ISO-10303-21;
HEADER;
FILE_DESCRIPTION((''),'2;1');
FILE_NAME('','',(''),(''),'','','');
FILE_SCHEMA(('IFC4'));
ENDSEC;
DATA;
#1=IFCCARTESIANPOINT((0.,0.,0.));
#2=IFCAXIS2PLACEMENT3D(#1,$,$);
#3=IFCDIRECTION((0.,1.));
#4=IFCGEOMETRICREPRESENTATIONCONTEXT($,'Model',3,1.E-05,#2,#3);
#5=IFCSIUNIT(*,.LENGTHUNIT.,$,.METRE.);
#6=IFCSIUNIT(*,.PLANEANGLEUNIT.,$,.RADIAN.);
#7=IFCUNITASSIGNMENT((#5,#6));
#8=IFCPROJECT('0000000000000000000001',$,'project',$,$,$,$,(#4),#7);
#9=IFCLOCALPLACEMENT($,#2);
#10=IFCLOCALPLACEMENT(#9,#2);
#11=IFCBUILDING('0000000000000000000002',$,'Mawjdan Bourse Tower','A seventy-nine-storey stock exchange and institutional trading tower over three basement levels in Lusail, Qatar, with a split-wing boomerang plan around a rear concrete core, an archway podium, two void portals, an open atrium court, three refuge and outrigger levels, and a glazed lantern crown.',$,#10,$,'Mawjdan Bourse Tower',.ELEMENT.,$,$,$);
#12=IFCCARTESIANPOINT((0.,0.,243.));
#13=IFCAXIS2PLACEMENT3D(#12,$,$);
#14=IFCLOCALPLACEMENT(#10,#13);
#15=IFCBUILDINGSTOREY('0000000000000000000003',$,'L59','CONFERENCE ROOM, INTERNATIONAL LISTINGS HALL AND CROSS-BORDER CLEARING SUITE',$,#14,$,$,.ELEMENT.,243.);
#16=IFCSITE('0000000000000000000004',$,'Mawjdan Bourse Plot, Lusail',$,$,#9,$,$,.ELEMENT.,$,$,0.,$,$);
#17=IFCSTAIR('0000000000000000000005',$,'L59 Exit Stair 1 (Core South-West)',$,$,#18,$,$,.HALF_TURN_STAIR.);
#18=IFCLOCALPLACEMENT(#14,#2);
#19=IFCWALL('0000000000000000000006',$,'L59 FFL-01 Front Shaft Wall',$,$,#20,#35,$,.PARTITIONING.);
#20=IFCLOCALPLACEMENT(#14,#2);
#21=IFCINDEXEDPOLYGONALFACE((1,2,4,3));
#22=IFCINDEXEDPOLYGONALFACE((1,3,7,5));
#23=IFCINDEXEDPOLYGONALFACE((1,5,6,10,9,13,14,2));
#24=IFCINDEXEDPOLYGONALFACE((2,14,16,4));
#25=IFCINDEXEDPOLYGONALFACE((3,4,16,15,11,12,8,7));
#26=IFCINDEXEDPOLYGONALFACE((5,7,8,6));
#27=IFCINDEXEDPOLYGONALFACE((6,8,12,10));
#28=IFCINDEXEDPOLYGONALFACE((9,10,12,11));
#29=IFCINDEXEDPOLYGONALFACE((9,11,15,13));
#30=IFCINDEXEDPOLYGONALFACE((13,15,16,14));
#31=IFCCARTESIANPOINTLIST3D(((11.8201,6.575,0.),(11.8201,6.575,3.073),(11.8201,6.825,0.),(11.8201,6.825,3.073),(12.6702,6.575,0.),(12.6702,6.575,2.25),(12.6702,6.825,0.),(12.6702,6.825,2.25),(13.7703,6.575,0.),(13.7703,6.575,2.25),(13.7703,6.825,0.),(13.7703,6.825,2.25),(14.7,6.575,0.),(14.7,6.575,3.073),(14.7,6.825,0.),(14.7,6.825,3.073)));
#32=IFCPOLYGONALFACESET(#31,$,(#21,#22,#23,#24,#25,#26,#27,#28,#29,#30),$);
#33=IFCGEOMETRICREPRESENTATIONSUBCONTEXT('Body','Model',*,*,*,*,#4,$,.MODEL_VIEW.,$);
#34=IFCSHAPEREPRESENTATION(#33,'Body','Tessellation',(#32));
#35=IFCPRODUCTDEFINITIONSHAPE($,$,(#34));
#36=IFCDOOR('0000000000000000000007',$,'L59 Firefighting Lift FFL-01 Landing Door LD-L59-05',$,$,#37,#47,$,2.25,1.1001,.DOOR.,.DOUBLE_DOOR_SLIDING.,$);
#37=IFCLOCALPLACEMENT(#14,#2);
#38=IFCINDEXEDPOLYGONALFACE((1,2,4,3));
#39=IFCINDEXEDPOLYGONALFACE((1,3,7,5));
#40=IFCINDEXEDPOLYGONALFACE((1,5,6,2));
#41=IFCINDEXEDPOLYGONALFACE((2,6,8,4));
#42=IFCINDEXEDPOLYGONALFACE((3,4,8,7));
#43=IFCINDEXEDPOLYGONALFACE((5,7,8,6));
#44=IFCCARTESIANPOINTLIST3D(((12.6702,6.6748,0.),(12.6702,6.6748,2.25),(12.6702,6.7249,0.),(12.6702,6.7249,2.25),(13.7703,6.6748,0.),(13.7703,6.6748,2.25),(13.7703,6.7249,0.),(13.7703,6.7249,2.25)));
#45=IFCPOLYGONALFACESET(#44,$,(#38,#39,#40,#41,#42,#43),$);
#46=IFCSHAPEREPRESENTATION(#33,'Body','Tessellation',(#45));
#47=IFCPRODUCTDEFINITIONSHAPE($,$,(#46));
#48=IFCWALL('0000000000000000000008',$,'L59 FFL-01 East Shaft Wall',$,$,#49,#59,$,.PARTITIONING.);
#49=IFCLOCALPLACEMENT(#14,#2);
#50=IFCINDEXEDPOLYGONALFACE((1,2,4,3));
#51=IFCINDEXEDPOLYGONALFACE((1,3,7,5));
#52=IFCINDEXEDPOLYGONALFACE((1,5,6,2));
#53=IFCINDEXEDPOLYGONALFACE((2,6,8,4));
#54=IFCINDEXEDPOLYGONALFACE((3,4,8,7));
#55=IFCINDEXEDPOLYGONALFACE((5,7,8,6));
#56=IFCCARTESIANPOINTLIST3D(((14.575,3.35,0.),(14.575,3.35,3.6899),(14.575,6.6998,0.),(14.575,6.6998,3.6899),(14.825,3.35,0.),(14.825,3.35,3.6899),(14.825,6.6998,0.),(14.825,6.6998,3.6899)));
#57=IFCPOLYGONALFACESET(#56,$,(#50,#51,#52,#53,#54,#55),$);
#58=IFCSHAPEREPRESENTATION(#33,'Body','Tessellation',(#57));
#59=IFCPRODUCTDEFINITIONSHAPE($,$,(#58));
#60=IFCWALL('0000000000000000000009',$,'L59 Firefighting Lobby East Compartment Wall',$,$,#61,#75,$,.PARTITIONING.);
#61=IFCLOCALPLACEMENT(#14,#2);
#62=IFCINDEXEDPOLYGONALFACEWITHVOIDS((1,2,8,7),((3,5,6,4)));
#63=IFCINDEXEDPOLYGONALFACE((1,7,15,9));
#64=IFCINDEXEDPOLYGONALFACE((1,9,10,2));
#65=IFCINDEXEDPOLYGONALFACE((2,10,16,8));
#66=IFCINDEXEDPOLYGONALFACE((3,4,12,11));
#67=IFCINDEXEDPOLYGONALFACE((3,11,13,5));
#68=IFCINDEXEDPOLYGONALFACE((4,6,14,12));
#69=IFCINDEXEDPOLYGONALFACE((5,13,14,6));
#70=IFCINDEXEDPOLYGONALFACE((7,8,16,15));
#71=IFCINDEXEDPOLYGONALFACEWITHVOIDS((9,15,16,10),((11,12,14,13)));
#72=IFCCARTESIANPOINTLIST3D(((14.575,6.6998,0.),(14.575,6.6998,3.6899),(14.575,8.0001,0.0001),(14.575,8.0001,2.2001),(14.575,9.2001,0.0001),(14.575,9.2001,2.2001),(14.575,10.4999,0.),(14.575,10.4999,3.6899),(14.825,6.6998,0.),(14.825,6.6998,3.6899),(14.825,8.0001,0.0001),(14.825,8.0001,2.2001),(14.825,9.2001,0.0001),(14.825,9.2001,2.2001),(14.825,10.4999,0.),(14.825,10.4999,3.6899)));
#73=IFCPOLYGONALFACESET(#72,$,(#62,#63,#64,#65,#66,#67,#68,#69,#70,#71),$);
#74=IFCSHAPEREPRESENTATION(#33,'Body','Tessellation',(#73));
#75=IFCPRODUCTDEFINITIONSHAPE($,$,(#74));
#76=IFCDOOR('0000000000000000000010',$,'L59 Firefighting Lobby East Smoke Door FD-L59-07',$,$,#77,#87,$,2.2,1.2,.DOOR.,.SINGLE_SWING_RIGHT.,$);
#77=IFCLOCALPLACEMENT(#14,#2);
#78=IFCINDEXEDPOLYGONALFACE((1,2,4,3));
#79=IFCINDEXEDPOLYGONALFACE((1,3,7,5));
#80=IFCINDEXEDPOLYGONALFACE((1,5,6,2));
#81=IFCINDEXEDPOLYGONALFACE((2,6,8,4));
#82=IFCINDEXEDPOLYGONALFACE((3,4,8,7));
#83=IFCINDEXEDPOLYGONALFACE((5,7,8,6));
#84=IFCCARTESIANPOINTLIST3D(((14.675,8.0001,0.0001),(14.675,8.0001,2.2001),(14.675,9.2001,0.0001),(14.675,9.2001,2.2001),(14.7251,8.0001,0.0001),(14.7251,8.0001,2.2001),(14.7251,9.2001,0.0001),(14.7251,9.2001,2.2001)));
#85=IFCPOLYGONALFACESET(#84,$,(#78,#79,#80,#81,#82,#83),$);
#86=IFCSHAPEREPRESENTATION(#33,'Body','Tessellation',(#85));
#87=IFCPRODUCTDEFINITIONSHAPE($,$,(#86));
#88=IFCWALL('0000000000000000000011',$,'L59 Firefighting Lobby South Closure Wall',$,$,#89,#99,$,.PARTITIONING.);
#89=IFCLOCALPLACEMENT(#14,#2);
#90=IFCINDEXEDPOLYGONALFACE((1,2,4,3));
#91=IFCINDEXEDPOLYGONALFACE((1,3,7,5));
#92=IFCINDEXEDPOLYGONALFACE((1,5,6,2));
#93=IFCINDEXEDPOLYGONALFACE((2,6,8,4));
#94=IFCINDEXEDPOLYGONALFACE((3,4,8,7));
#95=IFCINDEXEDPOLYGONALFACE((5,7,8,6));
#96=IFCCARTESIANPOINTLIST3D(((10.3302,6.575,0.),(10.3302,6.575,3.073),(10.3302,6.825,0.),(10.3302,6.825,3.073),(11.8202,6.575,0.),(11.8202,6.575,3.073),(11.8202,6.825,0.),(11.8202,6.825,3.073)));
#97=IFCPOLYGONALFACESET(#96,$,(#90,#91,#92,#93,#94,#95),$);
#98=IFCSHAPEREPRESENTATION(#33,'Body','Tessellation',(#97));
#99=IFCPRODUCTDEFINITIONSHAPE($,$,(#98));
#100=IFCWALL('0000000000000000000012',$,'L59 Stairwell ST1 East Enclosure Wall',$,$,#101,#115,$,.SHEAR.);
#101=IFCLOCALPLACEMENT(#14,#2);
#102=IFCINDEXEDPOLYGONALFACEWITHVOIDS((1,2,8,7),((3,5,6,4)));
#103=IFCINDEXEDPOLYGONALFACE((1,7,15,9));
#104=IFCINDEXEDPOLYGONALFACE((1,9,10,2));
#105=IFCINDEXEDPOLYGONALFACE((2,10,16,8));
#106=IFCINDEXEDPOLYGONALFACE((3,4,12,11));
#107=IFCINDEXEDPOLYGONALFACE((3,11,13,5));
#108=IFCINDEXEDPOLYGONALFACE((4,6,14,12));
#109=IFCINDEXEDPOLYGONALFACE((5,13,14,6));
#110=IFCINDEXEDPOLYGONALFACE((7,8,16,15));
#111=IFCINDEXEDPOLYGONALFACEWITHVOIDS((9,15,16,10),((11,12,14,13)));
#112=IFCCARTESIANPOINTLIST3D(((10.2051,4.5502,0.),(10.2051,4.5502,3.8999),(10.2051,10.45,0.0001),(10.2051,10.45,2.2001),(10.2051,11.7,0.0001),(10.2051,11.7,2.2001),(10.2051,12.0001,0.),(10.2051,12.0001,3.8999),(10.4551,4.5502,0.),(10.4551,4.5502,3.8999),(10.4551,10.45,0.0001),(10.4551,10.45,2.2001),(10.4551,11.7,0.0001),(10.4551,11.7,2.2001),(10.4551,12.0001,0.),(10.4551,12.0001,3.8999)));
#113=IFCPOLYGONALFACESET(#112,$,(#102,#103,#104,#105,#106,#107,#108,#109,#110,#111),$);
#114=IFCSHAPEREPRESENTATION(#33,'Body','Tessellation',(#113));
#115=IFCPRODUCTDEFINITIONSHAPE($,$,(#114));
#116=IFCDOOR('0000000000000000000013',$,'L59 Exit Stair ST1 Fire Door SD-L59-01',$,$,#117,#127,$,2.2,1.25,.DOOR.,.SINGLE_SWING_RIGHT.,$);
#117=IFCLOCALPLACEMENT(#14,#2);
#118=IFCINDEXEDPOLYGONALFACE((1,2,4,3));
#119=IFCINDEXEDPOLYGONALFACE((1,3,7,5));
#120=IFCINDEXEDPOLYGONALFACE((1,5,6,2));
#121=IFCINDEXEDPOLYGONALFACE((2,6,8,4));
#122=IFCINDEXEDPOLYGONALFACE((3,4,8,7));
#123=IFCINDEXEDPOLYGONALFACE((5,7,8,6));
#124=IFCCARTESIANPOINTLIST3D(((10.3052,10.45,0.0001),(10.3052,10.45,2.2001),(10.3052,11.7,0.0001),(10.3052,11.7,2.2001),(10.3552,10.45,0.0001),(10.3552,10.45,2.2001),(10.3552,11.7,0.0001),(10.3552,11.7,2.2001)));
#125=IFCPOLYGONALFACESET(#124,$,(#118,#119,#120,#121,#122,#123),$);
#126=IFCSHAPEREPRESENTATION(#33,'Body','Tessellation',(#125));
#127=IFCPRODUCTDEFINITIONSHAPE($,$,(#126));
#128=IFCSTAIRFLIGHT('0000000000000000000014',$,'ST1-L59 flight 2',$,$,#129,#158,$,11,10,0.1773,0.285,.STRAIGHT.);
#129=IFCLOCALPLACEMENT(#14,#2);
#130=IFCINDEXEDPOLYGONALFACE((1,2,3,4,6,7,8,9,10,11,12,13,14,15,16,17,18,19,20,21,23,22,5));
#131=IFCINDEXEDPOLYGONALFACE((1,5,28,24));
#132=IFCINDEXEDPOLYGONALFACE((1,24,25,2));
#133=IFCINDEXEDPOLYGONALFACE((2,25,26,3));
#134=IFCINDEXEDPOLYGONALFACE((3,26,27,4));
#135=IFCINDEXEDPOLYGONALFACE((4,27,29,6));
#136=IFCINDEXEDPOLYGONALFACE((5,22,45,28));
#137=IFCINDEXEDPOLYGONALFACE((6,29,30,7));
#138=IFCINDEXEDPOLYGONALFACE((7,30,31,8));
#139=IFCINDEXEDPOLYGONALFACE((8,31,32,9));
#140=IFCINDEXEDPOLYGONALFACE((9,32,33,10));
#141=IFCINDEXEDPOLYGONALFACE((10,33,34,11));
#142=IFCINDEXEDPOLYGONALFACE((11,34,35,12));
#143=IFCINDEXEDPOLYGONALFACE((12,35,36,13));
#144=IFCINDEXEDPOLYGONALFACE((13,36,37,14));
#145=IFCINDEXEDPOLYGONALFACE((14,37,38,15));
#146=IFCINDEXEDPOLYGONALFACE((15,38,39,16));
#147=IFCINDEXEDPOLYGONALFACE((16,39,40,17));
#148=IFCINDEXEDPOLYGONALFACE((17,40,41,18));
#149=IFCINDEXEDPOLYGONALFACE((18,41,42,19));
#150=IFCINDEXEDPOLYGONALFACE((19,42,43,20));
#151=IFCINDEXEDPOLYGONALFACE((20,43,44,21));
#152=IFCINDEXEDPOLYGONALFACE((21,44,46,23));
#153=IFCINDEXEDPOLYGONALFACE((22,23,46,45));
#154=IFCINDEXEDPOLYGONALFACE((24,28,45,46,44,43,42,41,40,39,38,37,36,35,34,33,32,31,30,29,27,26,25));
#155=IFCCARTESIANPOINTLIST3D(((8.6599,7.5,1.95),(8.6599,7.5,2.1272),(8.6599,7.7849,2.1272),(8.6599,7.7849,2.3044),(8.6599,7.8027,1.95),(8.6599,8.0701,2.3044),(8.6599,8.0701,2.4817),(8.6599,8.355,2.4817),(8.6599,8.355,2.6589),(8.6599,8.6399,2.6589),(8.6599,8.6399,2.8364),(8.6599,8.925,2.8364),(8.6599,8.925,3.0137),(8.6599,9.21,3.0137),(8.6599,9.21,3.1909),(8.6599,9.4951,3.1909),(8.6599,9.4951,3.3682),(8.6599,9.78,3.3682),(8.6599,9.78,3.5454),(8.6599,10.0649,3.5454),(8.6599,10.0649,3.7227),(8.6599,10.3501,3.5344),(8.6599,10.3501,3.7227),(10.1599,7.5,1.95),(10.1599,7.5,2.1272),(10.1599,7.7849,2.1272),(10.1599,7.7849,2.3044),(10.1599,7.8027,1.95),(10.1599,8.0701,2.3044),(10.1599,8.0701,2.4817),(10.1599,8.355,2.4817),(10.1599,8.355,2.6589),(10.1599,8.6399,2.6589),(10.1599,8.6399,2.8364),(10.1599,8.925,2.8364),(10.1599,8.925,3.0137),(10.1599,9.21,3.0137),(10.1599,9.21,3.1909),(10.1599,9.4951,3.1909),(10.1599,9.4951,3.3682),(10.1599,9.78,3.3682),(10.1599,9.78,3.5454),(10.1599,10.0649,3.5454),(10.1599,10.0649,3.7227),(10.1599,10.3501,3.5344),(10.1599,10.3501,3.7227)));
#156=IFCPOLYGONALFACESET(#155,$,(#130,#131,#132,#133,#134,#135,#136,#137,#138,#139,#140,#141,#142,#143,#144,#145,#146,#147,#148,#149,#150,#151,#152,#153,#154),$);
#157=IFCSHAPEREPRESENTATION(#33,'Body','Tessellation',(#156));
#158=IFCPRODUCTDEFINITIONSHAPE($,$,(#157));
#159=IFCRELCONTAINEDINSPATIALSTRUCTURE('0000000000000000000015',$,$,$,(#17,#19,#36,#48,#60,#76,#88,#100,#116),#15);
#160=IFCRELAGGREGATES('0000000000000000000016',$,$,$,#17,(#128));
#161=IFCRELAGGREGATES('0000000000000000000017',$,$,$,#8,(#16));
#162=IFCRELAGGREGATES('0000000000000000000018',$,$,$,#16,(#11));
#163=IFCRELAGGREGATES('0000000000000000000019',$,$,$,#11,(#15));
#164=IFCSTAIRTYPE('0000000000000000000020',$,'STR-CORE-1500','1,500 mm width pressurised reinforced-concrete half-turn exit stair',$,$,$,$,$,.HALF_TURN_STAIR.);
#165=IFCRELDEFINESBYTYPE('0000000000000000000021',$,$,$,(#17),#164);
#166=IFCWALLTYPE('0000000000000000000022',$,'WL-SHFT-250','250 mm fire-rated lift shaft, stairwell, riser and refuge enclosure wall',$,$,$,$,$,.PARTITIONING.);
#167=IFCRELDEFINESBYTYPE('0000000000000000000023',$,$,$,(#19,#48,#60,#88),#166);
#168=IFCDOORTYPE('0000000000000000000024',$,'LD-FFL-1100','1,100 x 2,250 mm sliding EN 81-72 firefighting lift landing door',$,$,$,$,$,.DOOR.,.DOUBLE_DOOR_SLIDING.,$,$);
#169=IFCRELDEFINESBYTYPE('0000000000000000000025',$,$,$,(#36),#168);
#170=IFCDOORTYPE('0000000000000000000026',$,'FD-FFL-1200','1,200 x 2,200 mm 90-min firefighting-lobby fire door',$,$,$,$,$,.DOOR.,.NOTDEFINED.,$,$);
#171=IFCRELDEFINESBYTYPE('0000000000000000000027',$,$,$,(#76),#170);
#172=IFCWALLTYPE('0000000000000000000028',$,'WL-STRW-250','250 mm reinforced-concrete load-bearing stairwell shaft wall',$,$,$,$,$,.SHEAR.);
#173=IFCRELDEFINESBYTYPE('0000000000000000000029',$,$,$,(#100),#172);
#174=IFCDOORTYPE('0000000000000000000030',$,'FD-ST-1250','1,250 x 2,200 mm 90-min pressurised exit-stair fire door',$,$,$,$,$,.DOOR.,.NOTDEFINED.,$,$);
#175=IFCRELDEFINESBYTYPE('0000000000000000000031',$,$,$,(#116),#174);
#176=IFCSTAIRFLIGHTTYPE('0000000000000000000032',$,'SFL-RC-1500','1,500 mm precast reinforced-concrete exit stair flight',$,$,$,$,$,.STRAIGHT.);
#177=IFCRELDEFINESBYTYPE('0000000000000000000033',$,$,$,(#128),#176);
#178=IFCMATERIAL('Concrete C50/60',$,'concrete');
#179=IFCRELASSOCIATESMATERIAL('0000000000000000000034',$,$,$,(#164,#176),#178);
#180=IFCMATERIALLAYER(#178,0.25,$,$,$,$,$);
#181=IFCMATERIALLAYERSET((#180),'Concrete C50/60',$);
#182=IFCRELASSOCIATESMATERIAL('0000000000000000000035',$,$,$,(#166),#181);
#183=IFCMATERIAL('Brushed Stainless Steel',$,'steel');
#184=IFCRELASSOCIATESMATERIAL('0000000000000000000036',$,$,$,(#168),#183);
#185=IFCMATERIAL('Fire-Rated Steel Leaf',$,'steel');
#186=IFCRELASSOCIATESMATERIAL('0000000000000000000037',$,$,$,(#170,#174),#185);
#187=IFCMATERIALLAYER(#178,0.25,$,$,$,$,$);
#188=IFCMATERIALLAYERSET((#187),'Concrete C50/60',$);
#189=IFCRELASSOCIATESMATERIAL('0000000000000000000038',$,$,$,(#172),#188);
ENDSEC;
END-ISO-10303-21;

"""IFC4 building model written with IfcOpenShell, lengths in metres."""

from ifc_helpers import new_model, si_unit, direction, frame, frame_2d, origin, place, context, subcontext, project, spatial, polyline, rectangle, outline, extrude, material, layer, layer_set, type_object, element, fill, aggregate, save


model = new_model("IFC4")

# Units and contexts
model_context = context("Model", 3, precision=1e-05, world=origin(), true_north=direction((0.0, 1.0)))
body_context = subcontext(model_context, "Body", "Model", "MODEL_VIEW")
ifc_project = project(units=[si_unit("LENGTHUNIT", "METRE"), si_unit("PLANEANGLEUNIT", "RADIAN")], contexts=[model_context])

# Site, building, storey
site_placement = place(None, origin())
site = spatial("IfcSite", under=ifc_project, at=site_placement, Name="Mawjdan Bourse Plot, Lusail", CompositionType="ELEMENT", RefElevation=0.0)
building_placement = place(site_placement, origin())
building = spatial("IfcBuilding", under=site, at=building_placement, Name="Mawjdan Bourse Tower", Description="A seventy-nine-storey stock exchange and institutional trading tower over three basement levels in Lusail, Qatar, with a split-wing boomerang plan around a rear concrete core, an archway podium, two void portals, an open atrium court, three refuge and outrigger levels, and a glazed lantern crown.", LongName="Mawjdan Bourse Tower", CompositionType="ELEMENT")
storey_placement = place(building_placement, frame((0.0, 0.0, 243.0)))
storey = spatial("IfcBuildingStorey", under=building, at=storey_placement, Name="L59", Description="CONFERENCE ROOM, INTERNATIONAL LISTINGS HALL AND CROSS-BORDER CLEARING SUITE", CompositionType="ELEMENT", Elevation=243.0)

# Stair
ifc_material_1 = material(Name="Concrete C50/60", Category="concrete")
stair_type = type_object("IfcStairType", Name="STR-CORE-1500", Description="1,500 mm width pressurised reinforced-concrete half-turn exit stair", PredefinedType="HALF_TURN_STAIR", material=ifc_material_1)
stair_1_placement = place(storey_placement, origin())
stair_1 = element("IfcStair", 1, at=stair_1_placement, inside=storey, type_object=stair_type, Name="L59 Exit Stair 1 (Core South-West)", PredefinedType="HALF_TURN_STAIR")

# Shared definitions
ifc_layer_1 = layer(ifc_material_1, 0.25)
ifc_layer_set_1 = layer_set([ifc_layer_1], Name="Concrete C50/60")
wall_type_1 = type_object("IfcWallType", Name="WL-SHFT-250", Description="250 mm fire-rated lift shaft, stairwell, riser and refuge enclosure wall", PredefinedType="PARTITIONING", material=ifc_layer_set_1)

# Wall, opening, door
wall_1_placement = place(storey_placement, frame((11.8201, 6.7, 0.0), z_axis=(0.0, 0.0, 1.0), x_axis=(1.0, 0.0, 0.0)))
wall_1 = element("IfcWall", 2, at=wall_1_placement, inside=storey, type_object=wall_type_1, Name="L59 FFL-01 Front Shaft Wall", PredefinedType="PARTITIONING", context=body_context, shape_type="SweptSolid", body=[
    extrude(rectangle(XDim=2.8799, YDim=0.25, at=frame_2d((1.4399, 0.0))), origin(), (0.0, 0.0, 1.0), 3.073),
])
opening_1_placement = place(wall_1_placement, frame((0.8501, 0.0, 0.0)))
opening_1 = element("IfcOpeningElement", 3, at=opening_1_placement, cuts=wall_1, PredefinedType="OPENING", context=body_context, shape_type="SweptSolid", body=[
    extrude(rectangle(XDim=1.1001, YDim=2.25, at=frame_2d((0.55, 1.125))), frame((0.0, 0.135, 0.0), z_axis=(0.0, -1.0, 0.0), x_axis=(1.0, 0.0, 0.0)), (0.0, 0.0, 1.0), 0.27),
])
ifc_material_2 = material(Name="Brushed Stainless Steel", Category="steel")
door_type_1 = type_object("IfcDoorType", Name="LD-FFL-1100", Description="1,100 x 2,250 mm sliding EN 81-72 firefighting lift landing door", OperationType="DOUBLE_DOOR_SLIDING", PredefinedType="DOOR", material=ifc_material_2)
door_1_placement = place(opening_1_placement, origin())
door_1 = element("IfcDoor", 4, at=door_1_placement, inside=storey, type_object=door_type_1, Name="L59 Firefighting Lift FFL-01 Landing Door LD-L59-05", OperationType="DOUBLE_DOOR_SLIDING", OverallHeight=2.25, OverallWidth=1.1001, PredefinedType="DOOR", context=body_context, shape_type="SweptSolid", body=[
    extrude(rectangle(XDim=1.1001, YDim=2.25, at=frame_2d((0.55, 1.125))), frame((0.0, 0.0249, 0.0), z_axis=(0.0, -1.0, 0.0), x_axis=(1.0, 0.0, 0.0)), (0.0, 0.0, 1.0), 0.05),
])
fill(opening_1, door_1)

# Wall
wall_2_placement = place(storey_placement, frame((14.7, 3.3501, 0.0), z_axis=(0.0, 0.0, 1.0), x_axis=(0.0, 1.0, 0.0)))
element("IfcWall", 5, at=wall_2_placement, inside=storey, type_object=wall_type_1, Name="L59 FFL-01 East Shaft Wall", PredefinedType="PARTITIONING", context=body_context, shape_type="SweptSolid", body=[
    extrude(rectangle(XDim=3.3499, YDim=0.25, at=frame_2d((1.6748, 0.0))), origin(), (0.0, 0.0, 1.0), 3.6899),
])

# Wall, opening, door
wall_3_placement = place(storey_placement, frame((14.7, 6.7, 0.0), z_axis=(0.0, 0.0, 1.0), x_axis=(0.0, 1.0, 0.0)))
wall_3 = element("IfcWall", 6, at=wall_3_placement, inside=storey, type_object=wall_type_1, Name="L59 Firefighting Lobby East Compartment Wall", PredefinedType="PARTITIONING", context=body_context, shape_type="SweptSolid", body=[
    extrude(rectangle(XDim=3.8, YDim=0.25, at=frame_2d((1.8999, 0.0))), origin(), (0.0, 0.0, 1.0), 3.6899),
])
opening_2_placement = place(wall_3_placement, frame((1.3, 0.0, 0.0)))
opening_2 = element("IfcOpeningElement", 7, at=opening_2_placement, cuts=wall_3, PredefinedType="OPENING", context=body_context, shape_type="SweptSolid", body=[
    extrude(rectangle(XDim=1.2, YDim=2.2, at=frame_2d((0.6001, 1.1001))), frame((0.0, 0.135, 0.0), z_axis=(0.0, -1.0, 0.0), x_axis=(1.0, 0.0, 0.0)), (0.0, 0.0, 1.0), 0.27),
])
ifc_material_3 = material(Name="Fire-Rated Steel Leaf", Category="steel")
door_type_2 = type_object("IfcDoorType", Name="FD-FFL-1200", Description="1,200 x 2,200 mm 90-min firefighting-lobby fire door", OperationType="NOTDEFINED", PredefinedType="DOOR", material=ifc_material_3)
door_2_placement = place(opening_2_placement, origin())
door_2 = element("IfcDoor", 8, at=door_2_placement, inside=storey, type_object=door_type_2, Name="L59 Firefighting Lobby East Smoke Door FD-L59-07", OperationType="SINGLE_SWING_RIGHT", OverallHeight=2.2, OverallWidth=1.2, PredefinedType="DOOR", context=body_context, shape_type="SweptSolid", body=[
    extrude(rectangle(XDim=1.2, YDim=2.2, at=frame_2d((0.6001, 1.1001))), frame((0.0, 0.0249, 0.0), z_axis=(0.0, -1.0, 0.0), x_axis=(1.0, 0.0, 0.0)), (0.0, 0.0, 1.0), 0.05),
])
fill(opening_2, door_2)

# Wall
wall_4_placement = place(storey_placement, frame((10.3301, 6.7, 0.0), z_axis=(0.0, 0.0, 1.0), x_axis=(1.0, 0.0, 0.0)))
element("IfcWall", 9, at=wall_4_placement, inside=storey, type_object=wall_type_1, Name="L59 Firefighting Lobby South Closure Wall", PredefinedType="PARTITIONING", context=body_context, shape_type="SweptSolid", body=[
    extrude(rectangle(XDim=1.49, YDim=0.25, at=frame_2d((0.7451, 0.0))), origin(), (0.0, 0.0, 1.0), 3.073),
])
ifc_layer_2 = layer(ifc_material_1, 0.25)
ifc_layer_set_2 = layer_set([ifc_layer_2], Name="Concrete C50/60")
wall_type_2 = type_object("IfcWallType", Name="WL-STRW-250", Description="250 mm reinforced-concrete load-bearing stairwell shaft wall", PredefinedType="SHEAR", material=ifc_layer_set_2)

# Wall, opening, door
wall_5_placement = place(storey_placement, frame((10.3301, 4.55, 0.0), z_axis=(0.0, 0.0, 1.0), x_axis=(0.0, 1.0, 0.0)))
wall_5 = element("IfcWall", 10, at=wall_5_placement, inside=storey, type_object=wall_type_2, Name="L59 Stairwell ST1 East Enclosure Wall", PredefinedType="SHEAR", context=body_context, shape_type="SweptSolid", body=[
    extrude(rectangle(XDim=7.45, YDim=0.25, at=frame_2d((3.7251, 0.0))), origin(), (0.0, 0.0, 1.0), 3.8999),
])
opening_3_placement = place(wall_5_placement, frame((5.8999, 0.0, 0.0)))
opening_3 = element("IfcOpeningElement", 11, at=opening_3_placement, cuts=wall_5, PredefinedType="OPENING", context=body_context, shape_type="SweptSolid", body=[
    extrude(rectangle(XDim=1.25, YDim=2.2, at=frame_2d((0.625, 1.1001))), frame((0.0, 0.135, 0.0), z_axis=(0.0, -1.0, 0.0), x_axis=(1.0, 0.0, 0.0)), (0.0, 0.0, 1.0), 0.27),
])
door_type_3 = type_object("IfcDoorType", Name="FD-ST-1250", Description="1,250 x 2,200 mm 90-min pressurised exit-stair fire door", OperationType="NOTDEFINED", PredefinedType="DOOR", material=ifc_material_3)
door_3_placement = place(opening_3_placement, origin())
door_3 = element("IfcDoor", 12, at=door_3_placement, inside=storey, type_object=door_type_3, Name="L59 Exit Stair ST1 Fire Door SD-L59-01", OperationType="SINGLE_SWING_RIGHT", OverallHeight=2.2, OverallWidth=1.25, PredefinedType="DOOR", context=body_context, shape_type="SweptSolid", body=[
    extrude(rectangle(XDim=1.25, YDim=2.2, at=frame_2d((0.625, 1.1001))), frame((0.0, 0.0249, 0.0), z_axis=(0.0, -1.0, 0.0), x_axis=(1.0, 0.0, 0.0)), (0.0, 0.0, 1.0), 0.05),
])
fill(opening_3, door_3)

# Stair flight
stair_flight_type = type_object("IfcStairFlightType", Name="SFL-RC-1500", Description="1,500 mm precast reinforced-concrete exit stair flight", PredefinedType="STRAIGHT", material=ifc_material_1)
stair_flight_placement = place(storey_placement, frame((9.4099, 7.5, 1.95), z_axis=(0.0, 0.0, 1.0), x_axis=(0.0, 1.0, 0.0)))
stair_flight = element("IfcStairFlight", 13, at=stair_flight_placement, type_object=stair_flight_type, Name="ST1-L59 flight 2", NumberOfRisers=11, NumberOfTreads=10, PredefinedType="STRAIGHT", RiserHeight=0.1773, TreadLength=0.285, context=body_context, shape_type="SweptSolid", body=[
    extrude(outline(polyline([(0.0, 0.0), (0.0, 0.1772), (0.2849, 0.1772), (0.2849, 0.3545), (0.5701, 0.3545), (0.5701, 0.5317), (0.855, 0.5317), (0.855, 0.709), (1.1399, 0.709), (1.1399, 0.8865), (1.425, 0.8865), (1.425, 1.0637), (1.71, 1.0637), (1.71, 1.241), (1.9951, 1.241), (1.9951, 1.4182), (2.28, 1.4182), (2.28, 1.5955), (2.5649, 1.5955), (2.5649, 1.7727), (2.8501, 1.7727), (2.8501, 1.95), (2.8501, 1.5845), (0.3027, 0.0), (0.0, 0.0)])), frame((0.0, 0.75, 0.0), z_axis=(0.0, -1.0, 0.0), x_axis=(1.0, 0.0, 0.0)), (0.0, 0.0, 1.0), 1.5),
])
aggregate(stair_1, [stair_flight])

save(model, "model.ifc")
